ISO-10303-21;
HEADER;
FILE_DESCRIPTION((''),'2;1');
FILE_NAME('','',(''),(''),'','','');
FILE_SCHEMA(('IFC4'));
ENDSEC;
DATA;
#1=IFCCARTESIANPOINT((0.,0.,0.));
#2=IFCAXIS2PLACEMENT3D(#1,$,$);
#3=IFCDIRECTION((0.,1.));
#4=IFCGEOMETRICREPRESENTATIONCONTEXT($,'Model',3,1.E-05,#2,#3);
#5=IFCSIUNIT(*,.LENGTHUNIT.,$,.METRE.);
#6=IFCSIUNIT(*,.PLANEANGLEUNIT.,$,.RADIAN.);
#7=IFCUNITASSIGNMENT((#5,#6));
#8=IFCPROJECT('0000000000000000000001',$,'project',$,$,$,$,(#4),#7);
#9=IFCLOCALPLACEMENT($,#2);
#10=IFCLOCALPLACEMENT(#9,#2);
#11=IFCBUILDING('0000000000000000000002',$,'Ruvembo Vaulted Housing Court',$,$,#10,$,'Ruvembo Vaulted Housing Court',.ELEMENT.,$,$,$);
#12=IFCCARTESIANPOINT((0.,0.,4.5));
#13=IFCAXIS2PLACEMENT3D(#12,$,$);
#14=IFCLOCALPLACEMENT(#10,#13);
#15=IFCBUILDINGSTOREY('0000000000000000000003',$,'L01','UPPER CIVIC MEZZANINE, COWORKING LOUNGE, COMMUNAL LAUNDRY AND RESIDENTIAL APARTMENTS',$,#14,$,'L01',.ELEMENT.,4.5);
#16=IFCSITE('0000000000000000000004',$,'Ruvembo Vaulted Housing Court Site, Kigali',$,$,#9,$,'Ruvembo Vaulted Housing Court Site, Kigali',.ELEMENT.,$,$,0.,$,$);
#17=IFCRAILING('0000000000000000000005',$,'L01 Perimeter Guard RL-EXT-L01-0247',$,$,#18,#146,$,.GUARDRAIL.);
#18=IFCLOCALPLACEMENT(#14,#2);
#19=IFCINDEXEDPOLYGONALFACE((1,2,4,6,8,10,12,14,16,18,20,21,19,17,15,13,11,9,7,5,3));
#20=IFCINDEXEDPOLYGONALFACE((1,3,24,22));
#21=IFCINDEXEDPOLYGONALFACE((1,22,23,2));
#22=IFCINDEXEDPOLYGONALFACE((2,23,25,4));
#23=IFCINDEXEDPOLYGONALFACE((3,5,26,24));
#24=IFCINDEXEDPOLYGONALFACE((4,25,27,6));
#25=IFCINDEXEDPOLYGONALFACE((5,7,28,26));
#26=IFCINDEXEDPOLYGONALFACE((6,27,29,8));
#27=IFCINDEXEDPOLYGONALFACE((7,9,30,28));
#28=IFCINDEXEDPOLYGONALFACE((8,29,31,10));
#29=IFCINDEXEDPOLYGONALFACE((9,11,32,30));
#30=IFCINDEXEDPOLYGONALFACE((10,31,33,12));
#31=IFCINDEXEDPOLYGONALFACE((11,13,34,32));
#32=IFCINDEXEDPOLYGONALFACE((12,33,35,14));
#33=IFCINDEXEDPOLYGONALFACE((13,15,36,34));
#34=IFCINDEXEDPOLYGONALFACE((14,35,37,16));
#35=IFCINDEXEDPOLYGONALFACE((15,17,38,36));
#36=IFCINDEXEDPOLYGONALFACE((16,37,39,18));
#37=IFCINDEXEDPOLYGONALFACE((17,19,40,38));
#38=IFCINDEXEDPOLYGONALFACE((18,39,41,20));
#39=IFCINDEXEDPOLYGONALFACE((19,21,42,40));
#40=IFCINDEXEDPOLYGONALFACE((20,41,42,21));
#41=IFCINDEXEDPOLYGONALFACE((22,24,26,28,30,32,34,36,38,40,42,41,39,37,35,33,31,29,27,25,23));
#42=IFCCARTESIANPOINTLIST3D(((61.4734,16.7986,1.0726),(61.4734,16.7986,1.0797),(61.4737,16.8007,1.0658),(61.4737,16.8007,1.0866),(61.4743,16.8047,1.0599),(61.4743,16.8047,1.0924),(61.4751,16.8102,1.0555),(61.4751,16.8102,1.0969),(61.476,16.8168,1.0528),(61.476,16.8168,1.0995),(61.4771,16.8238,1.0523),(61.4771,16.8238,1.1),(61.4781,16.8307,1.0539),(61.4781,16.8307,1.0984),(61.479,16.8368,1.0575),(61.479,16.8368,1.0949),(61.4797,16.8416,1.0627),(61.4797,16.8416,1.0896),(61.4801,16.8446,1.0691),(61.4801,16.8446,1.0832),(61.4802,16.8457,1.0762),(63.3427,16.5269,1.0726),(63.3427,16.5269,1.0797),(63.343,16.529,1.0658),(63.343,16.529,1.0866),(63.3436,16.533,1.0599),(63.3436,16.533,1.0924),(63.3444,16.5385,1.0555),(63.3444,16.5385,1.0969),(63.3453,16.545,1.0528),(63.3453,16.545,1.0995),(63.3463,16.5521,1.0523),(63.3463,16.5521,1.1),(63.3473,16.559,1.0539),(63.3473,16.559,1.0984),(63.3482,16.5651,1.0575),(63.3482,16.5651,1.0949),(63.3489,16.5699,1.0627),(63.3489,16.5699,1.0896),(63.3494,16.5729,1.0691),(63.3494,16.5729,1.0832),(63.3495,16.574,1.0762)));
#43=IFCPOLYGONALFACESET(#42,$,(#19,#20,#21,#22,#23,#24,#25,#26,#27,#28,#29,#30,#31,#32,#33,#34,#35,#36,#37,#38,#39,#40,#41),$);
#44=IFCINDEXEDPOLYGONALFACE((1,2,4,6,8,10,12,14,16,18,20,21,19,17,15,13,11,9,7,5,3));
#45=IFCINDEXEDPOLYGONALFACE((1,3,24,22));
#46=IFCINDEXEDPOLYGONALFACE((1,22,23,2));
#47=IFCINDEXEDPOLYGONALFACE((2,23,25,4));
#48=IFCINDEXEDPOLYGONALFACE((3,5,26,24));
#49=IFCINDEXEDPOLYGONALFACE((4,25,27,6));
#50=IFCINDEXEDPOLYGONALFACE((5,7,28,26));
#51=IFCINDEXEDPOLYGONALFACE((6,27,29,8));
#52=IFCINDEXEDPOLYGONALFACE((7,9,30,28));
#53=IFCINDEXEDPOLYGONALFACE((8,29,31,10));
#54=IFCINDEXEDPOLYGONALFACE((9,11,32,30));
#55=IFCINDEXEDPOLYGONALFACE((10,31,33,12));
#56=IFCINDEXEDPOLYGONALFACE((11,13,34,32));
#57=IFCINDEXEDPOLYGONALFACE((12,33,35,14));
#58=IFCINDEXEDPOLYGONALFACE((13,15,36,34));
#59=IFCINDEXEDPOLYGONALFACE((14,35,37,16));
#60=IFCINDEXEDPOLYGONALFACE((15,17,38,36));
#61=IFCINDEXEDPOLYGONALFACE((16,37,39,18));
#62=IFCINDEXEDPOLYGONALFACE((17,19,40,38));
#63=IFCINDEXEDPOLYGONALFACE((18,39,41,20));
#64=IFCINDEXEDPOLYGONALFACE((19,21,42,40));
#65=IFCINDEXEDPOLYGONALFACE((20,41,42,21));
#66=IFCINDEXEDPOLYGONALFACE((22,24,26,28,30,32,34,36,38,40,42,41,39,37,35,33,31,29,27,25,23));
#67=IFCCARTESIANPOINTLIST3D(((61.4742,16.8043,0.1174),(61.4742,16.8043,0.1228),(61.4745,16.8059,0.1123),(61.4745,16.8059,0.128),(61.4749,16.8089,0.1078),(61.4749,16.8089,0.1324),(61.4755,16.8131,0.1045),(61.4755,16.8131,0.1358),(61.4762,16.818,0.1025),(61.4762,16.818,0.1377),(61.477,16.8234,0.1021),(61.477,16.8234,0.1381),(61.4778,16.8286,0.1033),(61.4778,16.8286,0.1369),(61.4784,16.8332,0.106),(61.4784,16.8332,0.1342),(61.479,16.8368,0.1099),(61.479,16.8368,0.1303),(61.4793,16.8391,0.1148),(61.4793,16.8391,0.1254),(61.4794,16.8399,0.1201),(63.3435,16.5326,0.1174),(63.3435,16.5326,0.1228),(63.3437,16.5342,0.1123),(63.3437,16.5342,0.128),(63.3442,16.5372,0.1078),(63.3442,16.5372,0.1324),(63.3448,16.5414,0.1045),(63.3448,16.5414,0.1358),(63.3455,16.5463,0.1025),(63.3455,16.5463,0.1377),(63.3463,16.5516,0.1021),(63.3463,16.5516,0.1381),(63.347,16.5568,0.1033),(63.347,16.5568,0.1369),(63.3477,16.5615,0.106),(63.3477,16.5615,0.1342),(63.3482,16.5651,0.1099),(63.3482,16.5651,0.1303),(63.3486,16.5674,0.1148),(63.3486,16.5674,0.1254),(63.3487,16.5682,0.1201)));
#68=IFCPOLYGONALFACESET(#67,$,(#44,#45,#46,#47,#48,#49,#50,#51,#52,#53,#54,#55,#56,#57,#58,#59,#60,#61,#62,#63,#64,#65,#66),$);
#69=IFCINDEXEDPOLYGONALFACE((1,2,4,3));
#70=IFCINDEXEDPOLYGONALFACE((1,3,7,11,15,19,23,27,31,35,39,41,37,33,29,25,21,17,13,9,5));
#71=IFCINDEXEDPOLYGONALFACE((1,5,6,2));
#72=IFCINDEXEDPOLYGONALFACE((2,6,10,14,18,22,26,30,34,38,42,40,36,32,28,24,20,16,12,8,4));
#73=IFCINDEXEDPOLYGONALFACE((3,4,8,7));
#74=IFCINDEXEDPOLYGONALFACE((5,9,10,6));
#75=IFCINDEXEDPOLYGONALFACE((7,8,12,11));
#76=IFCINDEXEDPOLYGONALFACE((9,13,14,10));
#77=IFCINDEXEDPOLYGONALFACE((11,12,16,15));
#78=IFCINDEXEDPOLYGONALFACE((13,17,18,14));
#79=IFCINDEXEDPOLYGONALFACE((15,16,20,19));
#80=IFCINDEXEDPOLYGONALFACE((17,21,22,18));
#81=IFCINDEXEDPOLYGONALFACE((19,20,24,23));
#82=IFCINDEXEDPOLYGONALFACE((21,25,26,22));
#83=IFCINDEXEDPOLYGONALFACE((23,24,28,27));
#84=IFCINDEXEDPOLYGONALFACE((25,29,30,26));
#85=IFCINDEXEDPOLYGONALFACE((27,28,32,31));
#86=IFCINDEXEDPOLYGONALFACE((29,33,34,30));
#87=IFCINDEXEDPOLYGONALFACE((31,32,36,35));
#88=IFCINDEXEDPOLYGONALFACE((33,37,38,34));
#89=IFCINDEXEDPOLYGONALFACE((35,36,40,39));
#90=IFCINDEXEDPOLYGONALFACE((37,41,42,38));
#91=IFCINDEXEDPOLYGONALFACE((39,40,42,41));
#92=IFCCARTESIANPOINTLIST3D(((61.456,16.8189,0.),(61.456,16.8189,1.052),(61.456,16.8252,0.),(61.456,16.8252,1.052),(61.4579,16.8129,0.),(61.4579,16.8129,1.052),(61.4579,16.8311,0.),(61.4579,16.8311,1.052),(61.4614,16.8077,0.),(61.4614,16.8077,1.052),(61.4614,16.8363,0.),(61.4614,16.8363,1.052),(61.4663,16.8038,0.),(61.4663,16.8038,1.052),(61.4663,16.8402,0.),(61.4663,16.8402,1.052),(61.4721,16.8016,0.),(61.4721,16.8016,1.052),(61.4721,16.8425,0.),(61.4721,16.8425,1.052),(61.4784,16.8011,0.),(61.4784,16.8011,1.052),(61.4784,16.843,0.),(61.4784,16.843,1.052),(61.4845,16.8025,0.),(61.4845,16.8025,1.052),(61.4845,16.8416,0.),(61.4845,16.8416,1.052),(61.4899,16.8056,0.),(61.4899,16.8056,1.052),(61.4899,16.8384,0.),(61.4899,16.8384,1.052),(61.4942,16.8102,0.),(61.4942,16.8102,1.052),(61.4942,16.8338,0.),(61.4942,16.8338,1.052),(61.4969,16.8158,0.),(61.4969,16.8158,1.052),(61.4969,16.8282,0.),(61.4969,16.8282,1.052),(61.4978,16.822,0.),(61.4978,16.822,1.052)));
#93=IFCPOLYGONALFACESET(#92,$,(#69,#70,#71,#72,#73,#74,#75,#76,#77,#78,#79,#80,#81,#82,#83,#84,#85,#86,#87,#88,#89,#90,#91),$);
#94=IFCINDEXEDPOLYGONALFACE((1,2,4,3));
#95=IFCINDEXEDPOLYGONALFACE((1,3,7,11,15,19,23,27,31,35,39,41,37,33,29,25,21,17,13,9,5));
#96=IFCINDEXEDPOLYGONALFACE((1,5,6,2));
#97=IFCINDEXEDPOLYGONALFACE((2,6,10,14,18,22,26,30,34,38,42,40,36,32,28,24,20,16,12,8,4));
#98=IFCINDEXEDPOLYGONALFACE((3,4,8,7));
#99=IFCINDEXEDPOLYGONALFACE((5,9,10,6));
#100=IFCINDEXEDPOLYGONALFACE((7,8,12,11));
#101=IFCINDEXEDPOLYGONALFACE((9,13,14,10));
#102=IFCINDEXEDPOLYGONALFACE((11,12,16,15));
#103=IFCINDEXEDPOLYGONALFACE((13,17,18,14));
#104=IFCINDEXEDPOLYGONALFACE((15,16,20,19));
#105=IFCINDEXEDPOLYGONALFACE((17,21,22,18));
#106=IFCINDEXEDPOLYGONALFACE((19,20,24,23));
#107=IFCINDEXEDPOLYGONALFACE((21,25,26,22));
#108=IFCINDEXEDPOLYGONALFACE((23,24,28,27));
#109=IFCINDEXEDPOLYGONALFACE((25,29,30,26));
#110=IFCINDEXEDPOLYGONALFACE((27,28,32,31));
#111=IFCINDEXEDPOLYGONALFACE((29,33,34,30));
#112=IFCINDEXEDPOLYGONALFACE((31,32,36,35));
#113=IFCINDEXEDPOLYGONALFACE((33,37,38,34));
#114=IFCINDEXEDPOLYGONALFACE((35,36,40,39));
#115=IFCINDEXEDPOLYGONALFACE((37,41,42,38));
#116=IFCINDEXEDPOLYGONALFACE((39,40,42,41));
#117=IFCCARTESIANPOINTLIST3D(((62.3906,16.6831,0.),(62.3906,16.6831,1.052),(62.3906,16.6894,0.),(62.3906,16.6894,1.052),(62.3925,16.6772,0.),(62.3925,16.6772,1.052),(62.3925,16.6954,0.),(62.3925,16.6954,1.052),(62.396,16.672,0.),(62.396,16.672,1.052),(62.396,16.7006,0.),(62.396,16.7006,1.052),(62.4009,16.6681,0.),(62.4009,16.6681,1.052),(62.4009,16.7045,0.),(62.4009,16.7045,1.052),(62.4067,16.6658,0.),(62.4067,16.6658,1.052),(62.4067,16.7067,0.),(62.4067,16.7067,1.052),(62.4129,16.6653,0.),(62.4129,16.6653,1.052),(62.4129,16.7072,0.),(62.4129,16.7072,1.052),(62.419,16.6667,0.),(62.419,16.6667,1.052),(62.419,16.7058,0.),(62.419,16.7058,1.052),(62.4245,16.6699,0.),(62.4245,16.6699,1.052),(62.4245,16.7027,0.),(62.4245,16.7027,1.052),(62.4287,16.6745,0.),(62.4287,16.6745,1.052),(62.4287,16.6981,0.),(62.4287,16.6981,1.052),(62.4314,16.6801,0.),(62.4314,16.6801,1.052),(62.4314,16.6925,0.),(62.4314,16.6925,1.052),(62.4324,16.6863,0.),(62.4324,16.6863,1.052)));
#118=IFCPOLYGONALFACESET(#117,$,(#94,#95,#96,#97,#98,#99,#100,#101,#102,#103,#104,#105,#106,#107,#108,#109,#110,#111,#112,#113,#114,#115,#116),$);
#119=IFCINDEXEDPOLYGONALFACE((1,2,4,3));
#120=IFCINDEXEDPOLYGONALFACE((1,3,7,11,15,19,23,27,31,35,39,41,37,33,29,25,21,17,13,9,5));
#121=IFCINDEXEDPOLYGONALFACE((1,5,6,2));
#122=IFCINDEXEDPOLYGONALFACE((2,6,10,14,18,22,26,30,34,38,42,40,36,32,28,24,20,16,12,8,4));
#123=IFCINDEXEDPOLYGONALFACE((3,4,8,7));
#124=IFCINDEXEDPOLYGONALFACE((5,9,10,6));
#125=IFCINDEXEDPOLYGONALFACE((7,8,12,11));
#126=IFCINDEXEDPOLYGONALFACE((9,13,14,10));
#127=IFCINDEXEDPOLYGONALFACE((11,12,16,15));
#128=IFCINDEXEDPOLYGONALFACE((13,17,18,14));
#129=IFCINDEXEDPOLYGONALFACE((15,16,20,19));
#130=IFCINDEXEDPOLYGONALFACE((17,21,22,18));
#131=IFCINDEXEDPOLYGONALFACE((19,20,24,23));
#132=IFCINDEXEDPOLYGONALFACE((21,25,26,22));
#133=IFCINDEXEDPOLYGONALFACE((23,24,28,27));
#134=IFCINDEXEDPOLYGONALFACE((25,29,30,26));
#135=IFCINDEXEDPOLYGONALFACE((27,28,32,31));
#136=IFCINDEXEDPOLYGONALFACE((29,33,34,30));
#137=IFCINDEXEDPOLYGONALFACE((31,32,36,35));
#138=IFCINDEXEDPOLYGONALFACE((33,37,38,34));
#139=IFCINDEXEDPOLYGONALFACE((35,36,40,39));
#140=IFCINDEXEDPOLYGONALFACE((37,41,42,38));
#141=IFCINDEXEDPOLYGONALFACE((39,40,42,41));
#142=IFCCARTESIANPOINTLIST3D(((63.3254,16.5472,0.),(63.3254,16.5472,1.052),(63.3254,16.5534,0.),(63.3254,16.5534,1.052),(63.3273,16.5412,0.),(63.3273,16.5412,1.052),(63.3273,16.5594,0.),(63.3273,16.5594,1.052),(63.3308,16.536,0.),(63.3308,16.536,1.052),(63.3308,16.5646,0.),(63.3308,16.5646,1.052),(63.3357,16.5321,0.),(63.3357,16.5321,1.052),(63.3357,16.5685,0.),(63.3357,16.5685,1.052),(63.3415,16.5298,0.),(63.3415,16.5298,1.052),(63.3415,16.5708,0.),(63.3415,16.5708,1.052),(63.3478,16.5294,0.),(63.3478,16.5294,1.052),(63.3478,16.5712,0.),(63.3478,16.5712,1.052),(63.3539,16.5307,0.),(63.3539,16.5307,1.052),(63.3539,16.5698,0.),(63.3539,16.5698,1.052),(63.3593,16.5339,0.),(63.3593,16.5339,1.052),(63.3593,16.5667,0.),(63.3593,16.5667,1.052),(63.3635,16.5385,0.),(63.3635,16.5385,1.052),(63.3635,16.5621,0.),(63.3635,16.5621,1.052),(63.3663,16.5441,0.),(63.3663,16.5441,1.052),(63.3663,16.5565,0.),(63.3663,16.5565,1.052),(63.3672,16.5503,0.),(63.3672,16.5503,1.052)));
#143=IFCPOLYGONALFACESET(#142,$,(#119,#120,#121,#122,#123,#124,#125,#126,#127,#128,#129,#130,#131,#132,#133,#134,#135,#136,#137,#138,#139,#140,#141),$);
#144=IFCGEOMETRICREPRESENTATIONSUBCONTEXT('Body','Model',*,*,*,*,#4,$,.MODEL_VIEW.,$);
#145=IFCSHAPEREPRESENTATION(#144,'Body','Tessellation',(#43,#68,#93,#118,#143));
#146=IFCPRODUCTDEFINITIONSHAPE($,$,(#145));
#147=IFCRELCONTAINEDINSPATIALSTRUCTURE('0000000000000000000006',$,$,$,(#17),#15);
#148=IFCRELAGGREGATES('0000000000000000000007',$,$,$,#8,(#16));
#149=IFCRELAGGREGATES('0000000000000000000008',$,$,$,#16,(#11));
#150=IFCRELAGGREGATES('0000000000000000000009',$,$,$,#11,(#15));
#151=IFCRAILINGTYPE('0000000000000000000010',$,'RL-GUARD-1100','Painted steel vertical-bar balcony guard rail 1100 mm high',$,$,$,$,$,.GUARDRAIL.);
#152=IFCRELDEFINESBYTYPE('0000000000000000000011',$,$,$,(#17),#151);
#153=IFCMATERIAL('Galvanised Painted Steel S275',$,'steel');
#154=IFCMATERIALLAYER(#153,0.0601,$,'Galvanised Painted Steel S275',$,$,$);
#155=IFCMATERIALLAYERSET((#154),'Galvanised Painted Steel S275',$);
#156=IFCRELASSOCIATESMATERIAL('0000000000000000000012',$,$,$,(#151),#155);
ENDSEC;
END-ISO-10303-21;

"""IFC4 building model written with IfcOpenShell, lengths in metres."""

from ifc_helpers import new_model, si_unit, direction, frame, origin, origin_2d, place, context, subcontext, project, spatial, circle, extrude, material, layer, layer_set, type_object, element, save


model = new_model("IFC4")

# Units and contexts
model_context = context("Model", 3, precision=1e-05, world=origin(), true_north=direction((0.0, 1.0)))
body_context = subcontext(model_context, "Body", "Model", "MODEL_VIEW")
ifc_project = project(units=[si_unit("LENGTHUNIT", "METRE"), si_unit("PLANEANGLEUNIT", "RADIAN")], contexts=[model_context])

# Site, building, storey
site_placement = place(None, origin())
site = spatial("IfcSite", under=ifc_project, at=site_placement, Name="Ruvembo Vaulted Housing Court Site, Kigali", LongName="Ruvembo Vaulted Housing Court Site, Kigali", CompositionType="ELEMENT", RefElevation=0.0)
building_placement = place(site_placement, origin())
building = spatial("IfcBuilding", under=site, at=building_placement, Name="Ruvembo Vaulted Housing Court", LongName="Ruvembo Vaulted Housing Court", CompositionType="ELEMENT")
storey_placement = place(building_placement, frame((0.0, 0.0, 4.5)))
storey = spatial("IfcBuildingStorey", under=building, at=storey_placement, Name="L01", Description="UPPER CIVIC MEZZANINE, COWORKING LOUNGE, COMMUNAL LAUNDRY AND RESIDENTIAL APARTMENTS", LongName="L01", CompositionType="ELEMENT", Elevation=4.5)

# Railing
ifc_material_1 = material(Name="Galvanised Painted Steel S275", Category="steel")
ifc_layer = layer(ifc_material_1, 0.0601, Name="Galvanised Painted Steel S275")
ifc_layer_set = layer_set([ifc_layer], Name="Galvanised Painted Steel S275")
railing_type = type_object("IfcRailingType", Name="RL-GUARD-1100", Description="Painted steel vertical-bar balcony guard rail 1100 mm high", PredefinedType="GUARDRAIL", material=ifc_layer_set)
railing_1_placement = place(storey_placement, frame((61.4768, 16.822, 0.0)))
element("IfcRailing", 1, at=railing_1_placement, inside=storey, type_object=railing_type, Name="L01 Perimeter Guard RL-EXT-L01-0247", PredefinedType="GUARDRAIL", context=body_context, shape_type="SweptSolid", body=[
    extrude(circle(Radius=0.0239, at=origin_2d()), frame((0.0, 0.0, 1.0762), z_axis=(0.9896, -0.143845, 0.0), x_axis=(0.143845, 0.9896, 0.0)), (0.0, 0.0, 1.0), 1.8889),
    extrude(circle(Radius=0.0181, at=origin_2d()), frame((0.0, 0.0, 0.1201), z_axis=(0.9896, -0.143845, 0.0), x_axis=(0.143845, 0.9896, 0.0)), (0.0, 0.0, 1.0), 1.8889),
    extrude(circle(Radius=0.021, at=origin_2d()), origin(), (0.0, 0.0, 1.0), 1.052),
    extrude(circle(Radius=0.021, at=origin_2d()), frame((0.9346, -0.1357, 0.0)), (0.0, 0.0, 1.0), 1.052),
    extrude(circle(Radius=0.021, at=origin_2d()), frame((1.8694, -0.2717, 0.0)), (0.0, 0.0, 1.0), 1.052),
])

save(model, "model.ifc")
